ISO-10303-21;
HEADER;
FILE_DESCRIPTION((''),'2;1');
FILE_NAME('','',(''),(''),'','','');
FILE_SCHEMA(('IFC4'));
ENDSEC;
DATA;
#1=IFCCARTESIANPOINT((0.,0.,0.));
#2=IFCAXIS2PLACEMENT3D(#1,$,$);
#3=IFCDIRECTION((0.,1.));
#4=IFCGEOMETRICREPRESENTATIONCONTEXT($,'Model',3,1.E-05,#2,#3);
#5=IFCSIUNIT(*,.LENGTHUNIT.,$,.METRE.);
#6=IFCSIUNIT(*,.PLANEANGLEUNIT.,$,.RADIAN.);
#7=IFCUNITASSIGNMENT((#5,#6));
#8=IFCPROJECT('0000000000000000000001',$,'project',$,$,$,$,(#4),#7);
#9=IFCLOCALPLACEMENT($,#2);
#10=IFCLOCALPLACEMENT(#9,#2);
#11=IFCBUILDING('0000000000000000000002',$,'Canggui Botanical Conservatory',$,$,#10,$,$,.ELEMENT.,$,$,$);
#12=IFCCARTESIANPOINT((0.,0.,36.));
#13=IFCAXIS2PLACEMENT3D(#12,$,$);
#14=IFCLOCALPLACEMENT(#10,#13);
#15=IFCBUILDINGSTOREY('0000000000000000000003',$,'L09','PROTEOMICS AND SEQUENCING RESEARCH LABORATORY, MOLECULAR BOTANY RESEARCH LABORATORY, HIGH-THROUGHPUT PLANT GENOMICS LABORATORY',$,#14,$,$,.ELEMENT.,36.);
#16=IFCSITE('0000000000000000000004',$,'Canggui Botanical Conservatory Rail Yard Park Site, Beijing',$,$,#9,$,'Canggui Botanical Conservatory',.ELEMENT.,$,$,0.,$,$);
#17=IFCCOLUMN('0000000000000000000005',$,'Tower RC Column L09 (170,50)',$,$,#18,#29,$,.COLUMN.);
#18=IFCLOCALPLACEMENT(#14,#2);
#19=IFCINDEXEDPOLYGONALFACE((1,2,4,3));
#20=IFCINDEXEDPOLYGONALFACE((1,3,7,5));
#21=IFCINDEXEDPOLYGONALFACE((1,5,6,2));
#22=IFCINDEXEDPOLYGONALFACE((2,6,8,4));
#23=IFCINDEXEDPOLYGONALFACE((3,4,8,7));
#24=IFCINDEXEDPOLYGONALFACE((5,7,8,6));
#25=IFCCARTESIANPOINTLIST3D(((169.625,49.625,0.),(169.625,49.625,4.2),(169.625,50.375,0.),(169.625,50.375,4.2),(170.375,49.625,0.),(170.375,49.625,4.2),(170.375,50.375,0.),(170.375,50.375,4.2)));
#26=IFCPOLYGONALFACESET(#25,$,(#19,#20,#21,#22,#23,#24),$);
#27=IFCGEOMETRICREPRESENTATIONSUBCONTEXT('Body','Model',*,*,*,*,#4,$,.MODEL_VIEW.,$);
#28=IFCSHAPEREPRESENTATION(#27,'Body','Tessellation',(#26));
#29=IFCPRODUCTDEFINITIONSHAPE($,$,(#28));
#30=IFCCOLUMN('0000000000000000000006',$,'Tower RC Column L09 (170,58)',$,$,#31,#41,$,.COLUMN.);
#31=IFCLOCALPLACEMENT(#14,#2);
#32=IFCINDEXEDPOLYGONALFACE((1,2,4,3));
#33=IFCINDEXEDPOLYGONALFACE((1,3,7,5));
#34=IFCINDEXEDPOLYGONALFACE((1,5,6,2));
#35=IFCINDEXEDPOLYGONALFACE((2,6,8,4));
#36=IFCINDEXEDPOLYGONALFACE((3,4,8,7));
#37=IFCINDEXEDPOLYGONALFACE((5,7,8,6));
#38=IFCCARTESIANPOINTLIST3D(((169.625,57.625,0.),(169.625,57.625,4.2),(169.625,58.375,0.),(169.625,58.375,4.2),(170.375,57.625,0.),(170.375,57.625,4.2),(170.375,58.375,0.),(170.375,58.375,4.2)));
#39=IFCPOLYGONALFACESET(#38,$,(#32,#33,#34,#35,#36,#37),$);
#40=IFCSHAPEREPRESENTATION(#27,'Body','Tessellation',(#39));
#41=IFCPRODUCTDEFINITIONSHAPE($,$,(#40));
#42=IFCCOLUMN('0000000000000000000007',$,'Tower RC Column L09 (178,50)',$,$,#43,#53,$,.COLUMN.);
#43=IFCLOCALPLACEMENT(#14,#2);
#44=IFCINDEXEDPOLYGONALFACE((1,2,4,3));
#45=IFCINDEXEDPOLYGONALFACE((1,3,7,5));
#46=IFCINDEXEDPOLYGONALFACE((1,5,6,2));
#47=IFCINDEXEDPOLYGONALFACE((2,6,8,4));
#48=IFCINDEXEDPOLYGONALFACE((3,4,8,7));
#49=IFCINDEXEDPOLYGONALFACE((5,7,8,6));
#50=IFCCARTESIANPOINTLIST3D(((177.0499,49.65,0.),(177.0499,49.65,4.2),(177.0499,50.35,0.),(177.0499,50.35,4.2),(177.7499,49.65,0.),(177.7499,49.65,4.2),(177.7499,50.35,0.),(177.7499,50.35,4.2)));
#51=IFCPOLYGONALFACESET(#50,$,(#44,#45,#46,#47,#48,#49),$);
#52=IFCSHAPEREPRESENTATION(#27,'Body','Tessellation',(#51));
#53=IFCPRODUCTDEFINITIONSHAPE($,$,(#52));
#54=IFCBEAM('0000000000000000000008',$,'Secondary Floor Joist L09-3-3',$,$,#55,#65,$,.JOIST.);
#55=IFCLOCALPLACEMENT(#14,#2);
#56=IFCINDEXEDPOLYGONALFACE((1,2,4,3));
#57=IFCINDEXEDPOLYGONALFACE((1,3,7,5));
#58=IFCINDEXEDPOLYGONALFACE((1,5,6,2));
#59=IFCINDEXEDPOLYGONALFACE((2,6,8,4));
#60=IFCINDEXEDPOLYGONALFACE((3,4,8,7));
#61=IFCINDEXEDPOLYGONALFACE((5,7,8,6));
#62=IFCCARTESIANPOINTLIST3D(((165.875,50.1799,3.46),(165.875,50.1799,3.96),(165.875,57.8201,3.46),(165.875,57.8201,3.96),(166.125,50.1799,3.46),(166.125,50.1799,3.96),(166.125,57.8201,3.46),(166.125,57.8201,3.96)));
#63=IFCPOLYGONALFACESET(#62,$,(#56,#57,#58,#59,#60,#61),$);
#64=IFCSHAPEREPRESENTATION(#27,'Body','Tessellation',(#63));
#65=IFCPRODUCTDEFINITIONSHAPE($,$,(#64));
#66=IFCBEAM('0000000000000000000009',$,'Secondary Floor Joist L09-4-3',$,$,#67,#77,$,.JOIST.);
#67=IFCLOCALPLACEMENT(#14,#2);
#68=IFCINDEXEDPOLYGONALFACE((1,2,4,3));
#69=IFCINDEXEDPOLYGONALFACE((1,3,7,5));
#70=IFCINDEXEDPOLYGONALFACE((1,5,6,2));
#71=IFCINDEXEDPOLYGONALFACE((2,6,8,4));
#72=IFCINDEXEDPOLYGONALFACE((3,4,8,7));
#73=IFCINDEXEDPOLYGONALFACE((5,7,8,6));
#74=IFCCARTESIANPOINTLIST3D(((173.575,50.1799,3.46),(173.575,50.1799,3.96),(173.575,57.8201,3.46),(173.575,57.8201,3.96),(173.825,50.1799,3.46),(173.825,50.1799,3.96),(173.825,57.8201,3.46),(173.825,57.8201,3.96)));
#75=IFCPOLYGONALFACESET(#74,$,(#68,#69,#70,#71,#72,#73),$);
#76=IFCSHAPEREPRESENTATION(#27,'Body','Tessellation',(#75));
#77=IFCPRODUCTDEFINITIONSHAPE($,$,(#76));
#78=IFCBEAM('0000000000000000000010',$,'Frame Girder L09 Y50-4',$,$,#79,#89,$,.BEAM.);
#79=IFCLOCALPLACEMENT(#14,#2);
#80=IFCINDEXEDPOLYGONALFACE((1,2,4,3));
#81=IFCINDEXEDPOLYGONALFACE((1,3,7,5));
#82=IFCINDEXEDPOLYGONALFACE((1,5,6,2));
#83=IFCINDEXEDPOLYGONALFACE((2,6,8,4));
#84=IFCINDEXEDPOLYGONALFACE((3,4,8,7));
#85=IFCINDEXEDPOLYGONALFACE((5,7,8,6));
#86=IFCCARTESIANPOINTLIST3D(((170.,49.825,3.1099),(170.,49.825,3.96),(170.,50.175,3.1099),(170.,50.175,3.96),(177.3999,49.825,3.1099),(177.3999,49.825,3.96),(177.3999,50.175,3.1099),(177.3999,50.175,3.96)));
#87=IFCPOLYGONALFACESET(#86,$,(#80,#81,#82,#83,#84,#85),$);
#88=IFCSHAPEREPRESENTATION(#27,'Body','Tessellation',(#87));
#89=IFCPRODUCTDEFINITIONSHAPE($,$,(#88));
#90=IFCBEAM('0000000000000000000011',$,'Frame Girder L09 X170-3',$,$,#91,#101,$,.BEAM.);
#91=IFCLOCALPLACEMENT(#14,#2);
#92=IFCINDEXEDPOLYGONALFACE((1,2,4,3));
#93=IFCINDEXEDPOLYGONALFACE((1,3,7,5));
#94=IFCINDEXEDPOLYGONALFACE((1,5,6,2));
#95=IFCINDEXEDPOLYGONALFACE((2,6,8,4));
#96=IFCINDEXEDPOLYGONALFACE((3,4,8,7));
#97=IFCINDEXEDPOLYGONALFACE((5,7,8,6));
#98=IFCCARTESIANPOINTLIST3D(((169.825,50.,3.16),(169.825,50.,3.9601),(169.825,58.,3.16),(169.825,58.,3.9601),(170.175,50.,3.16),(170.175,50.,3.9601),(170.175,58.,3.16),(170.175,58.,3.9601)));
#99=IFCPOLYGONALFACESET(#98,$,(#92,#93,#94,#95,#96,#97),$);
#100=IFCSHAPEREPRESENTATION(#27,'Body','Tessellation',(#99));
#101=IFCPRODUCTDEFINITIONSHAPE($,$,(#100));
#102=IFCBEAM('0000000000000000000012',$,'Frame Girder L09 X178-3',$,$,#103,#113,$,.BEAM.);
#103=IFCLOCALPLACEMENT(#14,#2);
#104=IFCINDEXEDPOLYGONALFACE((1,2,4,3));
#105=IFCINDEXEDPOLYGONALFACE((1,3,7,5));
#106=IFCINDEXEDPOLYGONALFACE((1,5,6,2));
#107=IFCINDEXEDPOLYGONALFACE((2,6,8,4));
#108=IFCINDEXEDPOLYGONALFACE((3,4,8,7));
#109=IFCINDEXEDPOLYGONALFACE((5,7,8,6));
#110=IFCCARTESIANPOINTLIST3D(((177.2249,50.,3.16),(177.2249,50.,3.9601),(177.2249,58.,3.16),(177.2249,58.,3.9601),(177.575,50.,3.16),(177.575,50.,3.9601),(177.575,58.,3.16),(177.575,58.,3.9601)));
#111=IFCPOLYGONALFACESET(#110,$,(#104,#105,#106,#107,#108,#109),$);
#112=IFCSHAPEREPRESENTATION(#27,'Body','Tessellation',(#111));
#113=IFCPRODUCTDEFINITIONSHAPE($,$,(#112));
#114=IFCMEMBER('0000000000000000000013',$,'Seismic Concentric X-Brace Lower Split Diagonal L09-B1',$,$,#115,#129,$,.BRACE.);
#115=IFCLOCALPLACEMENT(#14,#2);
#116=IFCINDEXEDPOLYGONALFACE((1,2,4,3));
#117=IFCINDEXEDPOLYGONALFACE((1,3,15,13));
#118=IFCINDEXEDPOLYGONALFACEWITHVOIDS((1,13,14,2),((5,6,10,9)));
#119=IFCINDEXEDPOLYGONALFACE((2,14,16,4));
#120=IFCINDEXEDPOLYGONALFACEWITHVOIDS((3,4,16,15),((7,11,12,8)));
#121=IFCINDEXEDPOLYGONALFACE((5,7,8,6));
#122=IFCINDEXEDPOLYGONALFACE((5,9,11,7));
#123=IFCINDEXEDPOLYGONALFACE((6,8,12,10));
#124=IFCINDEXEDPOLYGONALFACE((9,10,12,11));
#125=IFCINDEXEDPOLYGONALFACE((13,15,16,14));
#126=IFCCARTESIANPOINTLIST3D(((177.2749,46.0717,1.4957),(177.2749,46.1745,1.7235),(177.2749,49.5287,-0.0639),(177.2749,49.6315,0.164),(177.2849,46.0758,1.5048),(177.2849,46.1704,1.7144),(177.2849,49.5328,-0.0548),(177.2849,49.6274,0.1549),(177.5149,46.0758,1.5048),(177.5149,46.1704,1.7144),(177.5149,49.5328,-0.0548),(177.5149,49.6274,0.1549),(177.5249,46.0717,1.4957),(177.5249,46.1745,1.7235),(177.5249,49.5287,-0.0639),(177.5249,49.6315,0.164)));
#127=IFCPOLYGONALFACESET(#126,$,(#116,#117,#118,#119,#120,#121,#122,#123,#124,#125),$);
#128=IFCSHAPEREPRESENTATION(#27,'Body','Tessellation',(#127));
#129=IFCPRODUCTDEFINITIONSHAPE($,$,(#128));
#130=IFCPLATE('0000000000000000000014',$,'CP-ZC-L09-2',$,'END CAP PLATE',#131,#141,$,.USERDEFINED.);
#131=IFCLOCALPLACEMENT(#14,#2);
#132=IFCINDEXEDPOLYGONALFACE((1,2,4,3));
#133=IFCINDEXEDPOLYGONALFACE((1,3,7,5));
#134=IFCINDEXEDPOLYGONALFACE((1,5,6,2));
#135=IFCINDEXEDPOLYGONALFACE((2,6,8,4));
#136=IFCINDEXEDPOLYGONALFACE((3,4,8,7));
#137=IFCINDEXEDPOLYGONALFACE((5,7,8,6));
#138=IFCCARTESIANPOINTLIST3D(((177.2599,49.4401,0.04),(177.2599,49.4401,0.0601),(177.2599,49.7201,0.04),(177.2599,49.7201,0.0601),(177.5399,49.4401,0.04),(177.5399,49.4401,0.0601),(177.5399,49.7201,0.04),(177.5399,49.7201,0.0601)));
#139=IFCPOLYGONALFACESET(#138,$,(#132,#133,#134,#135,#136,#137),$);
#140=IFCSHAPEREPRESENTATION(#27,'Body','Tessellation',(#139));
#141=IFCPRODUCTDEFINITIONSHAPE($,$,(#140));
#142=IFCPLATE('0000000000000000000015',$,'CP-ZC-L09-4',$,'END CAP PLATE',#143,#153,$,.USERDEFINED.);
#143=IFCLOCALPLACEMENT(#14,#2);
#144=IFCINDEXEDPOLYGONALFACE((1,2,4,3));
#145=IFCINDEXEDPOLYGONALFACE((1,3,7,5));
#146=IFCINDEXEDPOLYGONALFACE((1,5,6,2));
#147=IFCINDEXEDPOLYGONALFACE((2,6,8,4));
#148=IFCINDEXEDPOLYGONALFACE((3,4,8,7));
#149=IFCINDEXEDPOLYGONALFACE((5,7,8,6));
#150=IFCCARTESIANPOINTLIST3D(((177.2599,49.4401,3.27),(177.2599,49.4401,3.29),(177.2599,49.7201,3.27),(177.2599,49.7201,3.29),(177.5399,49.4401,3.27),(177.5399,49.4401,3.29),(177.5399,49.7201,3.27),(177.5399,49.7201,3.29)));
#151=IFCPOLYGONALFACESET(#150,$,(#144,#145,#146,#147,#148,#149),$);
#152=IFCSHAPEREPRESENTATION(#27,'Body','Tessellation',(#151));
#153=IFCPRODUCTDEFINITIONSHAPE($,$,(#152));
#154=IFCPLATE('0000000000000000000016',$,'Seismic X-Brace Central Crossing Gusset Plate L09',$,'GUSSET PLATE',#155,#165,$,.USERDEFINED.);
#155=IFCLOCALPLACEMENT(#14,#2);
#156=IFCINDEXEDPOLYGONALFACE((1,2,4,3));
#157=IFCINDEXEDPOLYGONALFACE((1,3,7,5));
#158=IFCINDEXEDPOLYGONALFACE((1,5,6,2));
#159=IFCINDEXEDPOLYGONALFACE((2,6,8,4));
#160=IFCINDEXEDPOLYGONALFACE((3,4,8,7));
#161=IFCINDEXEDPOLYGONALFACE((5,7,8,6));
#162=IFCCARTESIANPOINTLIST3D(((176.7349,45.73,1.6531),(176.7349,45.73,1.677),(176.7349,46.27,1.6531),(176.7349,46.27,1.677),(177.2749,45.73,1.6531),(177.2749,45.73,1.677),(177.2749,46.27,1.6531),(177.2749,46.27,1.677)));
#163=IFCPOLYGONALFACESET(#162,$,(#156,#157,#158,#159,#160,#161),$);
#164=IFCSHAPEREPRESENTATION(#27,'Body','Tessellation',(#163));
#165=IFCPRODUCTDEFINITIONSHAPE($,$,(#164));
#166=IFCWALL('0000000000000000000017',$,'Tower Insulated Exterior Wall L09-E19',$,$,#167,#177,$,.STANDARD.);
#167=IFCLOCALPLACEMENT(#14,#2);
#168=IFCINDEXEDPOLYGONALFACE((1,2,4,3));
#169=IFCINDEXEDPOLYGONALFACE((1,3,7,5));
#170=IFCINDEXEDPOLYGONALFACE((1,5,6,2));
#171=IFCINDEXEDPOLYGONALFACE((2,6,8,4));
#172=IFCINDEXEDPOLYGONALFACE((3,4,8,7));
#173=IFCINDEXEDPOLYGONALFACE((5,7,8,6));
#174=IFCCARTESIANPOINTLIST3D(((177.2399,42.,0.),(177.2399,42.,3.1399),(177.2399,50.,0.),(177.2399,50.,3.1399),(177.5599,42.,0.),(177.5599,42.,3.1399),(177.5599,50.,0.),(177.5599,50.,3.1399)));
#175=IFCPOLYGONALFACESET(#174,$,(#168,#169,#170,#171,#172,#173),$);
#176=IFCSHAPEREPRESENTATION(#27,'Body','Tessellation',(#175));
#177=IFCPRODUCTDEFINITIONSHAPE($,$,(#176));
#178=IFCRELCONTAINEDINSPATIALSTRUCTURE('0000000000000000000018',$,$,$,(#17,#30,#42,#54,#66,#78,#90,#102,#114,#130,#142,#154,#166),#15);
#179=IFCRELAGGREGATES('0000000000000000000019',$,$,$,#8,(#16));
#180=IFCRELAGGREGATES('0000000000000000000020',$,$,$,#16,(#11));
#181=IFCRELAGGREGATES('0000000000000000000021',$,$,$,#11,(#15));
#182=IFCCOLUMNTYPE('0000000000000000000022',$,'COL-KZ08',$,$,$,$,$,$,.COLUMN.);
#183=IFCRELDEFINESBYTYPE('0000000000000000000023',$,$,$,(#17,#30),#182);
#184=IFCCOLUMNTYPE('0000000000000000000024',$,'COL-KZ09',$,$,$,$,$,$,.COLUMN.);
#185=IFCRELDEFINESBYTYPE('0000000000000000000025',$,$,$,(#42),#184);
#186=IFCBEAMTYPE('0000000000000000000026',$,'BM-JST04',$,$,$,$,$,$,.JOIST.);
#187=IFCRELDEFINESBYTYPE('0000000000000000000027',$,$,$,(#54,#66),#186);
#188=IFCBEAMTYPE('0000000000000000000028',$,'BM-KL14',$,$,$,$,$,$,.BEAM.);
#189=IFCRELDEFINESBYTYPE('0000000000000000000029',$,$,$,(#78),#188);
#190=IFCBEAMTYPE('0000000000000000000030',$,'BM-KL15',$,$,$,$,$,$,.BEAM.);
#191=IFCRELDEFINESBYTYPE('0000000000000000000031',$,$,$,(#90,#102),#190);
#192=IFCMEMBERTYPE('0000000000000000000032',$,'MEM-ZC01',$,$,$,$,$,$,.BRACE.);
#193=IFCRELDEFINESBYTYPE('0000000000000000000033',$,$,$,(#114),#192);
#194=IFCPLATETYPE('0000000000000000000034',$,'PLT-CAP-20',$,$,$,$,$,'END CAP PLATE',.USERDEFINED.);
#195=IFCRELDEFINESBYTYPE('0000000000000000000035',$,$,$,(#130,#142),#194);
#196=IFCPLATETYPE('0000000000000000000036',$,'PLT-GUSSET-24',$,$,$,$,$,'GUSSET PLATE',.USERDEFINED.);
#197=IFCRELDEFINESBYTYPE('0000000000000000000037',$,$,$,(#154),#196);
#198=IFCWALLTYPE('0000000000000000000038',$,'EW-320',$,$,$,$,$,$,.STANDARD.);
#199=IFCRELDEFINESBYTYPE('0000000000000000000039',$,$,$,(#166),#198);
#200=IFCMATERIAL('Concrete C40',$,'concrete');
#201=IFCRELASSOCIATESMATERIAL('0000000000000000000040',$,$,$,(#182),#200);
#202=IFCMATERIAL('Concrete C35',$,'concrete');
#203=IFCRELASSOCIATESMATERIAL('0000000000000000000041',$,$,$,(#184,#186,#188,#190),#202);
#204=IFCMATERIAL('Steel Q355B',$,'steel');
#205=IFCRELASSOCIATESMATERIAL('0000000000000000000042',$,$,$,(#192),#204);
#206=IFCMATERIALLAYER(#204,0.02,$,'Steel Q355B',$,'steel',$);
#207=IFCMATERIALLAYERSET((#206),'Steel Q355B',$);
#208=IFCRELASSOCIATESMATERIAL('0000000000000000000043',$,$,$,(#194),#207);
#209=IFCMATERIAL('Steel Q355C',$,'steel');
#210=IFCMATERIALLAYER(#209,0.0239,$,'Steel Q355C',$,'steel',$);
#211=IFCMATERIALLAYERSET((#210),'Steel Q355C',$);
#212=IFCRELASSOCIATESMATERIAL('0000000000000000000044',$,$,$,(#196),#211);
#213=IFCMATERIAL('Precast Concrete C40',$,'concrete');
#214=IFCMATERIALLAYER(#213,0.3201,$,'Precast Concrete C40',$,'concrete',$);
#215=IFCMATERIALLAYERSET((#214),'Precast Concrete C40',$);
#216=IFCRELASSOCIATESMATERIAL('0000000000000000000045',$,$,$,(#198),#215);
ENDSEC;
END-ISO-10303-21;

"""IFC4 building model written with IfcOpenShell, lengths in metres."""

from ifc_helpers import new_model, si_unit, direction, frame, frame_2d, origin, origin_2d, place, context, subcontext, project, spatial, rectangle, hollow_rectangle, extrude, material, layer, layer_set, material_profile, profile_set, type_object, element, save


model = new_model("IFC4")

# Units and contexts
model_context = context("Model", 3, precision=1e-05, world=origin(), true_north=direction((0.0, 1.0)))
body_context = subcontext(model_context, "Body", "Model", "MODEL_VIEW")
ifc_project = project(units=[si_unit("LENGTHUNIT", "METRE"), si_unit("PLANEANGLEUNIT", "RADIAN")], contexts=[model_context])

# Site, building, storey
site_placement = place(None, origin())
site = spatial("IfcSite", under=ifc_project, at=site_placement, Name="Canggui Botanical Conservatory Rail Yard Park Site, Beijing", LongName="Canggui Botanical Conservatory", CompositionType="ELEMENT", RefElevation=0.0)
building_placement = place(site_placement, origin())
building = spatial("IfcBuilding", under=site, at=building_placement, Name="Canggui Botanical Conservatory", CompositionType="ELEMENT")
storey_placement = place(building_placement, frame((0.0, 0.0, 36.0)))
storey = spatial("IfcBuildingStorey", under=building, at=storey_placement, Name="L09", Description="PROTEOMICS AND SEQUENCING RESEARCH LABORATORY, MOLECULAR BOTANY RESEARCH LABORATORY, HIGH-THROUGHPUT PLANT GENOMICS LABORATORY", CompositionType="ELEMENT", Elevation=36.0)

# Columns
ifc_material_1 = material(Name="Concrete C40", Category="concrete")
ifc_material_profile_1 = material_profile(ifc_material_1, rectangle(XDim=0.75, YDim=0.75, at=origin_2d()), Name="RC 750x750")
ifc_profile_set_1 = profile_set([ifc_material_profile_1], Name="Concrete C40")
column_type_1 = type_object("IfcColumnType", Name="COL-KZ08", PredefinedType="COLUMN", material=ifc_profile_set_1)
for number, where, z_axis, x_axis, name in (
    (1, (170.0, 50.0, 0.0), (0.0, 0.0, 1.0), (1.0, 0.0, 0.0), "Tower RC Column L09 (170,50)"),
    (2, (170.0, 58.0, 0.0), (0.0, 0.0, 1.0), (1.0, 0.0, 0.0), "Tower RC Column L09 (170,58)"),
):
    element("IfcColumn", number, at=place(storey_placement, frame(where, z_axis=z_axis, x_axis=x_axis)), inside=storey, type_object=column_type_1, Name=name, PredefinedType="COLUMN", context=body_context, shape_type="SweptSolid", body=[
        extrude(rectangle(XDim=0.75, YDim=0.75, at=origin_2d()), origin(), (0.0, 0.0, 1.0), 4.2),
    ])
ifc_material_2 = material(Name="Concrete C35", Category="concrete")
ifc_material_profile_2 = material_profile(ifc_material_2, rectangle(XDim=0.7, YDim=0.7, at=origin_2d()), Name="RC 700x700")
ifc_profile_set_2 = profile_set([ifc_material_profile_2], Name="Concrete C35")
column_type_2 = type_object("IfcColumnType", Name="COL-KZ09", PredefinedType="COLUMN", material=ifc_profile_set_2)
column_placement = place(storey_placement, frame((177.3999, 50.0, 0.0), z_axis=(0.0, 0.0, 1.0), x_axis=(1.0, 0.0, 0.0)))
element("IfcColumn", 3, at=column_placement, inside=storey, type_object=column_type_2, Name="Tower RC Column L09 (178,50)", PredefinedType="COLUMN", context=body_context, shape_type="SweptSolid", body=[
    extrude(rectangle(XDim=0.7, YDim=0.7, at=origin_2d()), origin(), (0.0, 0.0, 1.0), 4.2),
])

# Beams
ifc_material_profile_3 = material_profile(ifc_material_2, rectangle(XDim=0.25, YDim=0.5, at=origin_2d()), Name="RB 250x500")
ifc_profile_set_3 = profile_set([ifc_material_profile_3], Name="Concrete C35")
beam_type_1 = type_object("IfcBeamType", Name="BM-JST04", PredefinedType="JOIST", material=ifc_profile_set_3)
for number, where, z_axis, x_axis, name in (
    (4, (166.0, 50.1799, 3.71), (0.0, 1.0, 0.0), (-1.0, 0.0, 0.0), "Secondary Floor Joist L09-3-3"),
    (5, (173.7, 50.1799, 3.71), (0.0, 1.0, 0.0), (-1.0, 0.0, 0.0), "Secondary Floor Joist L09-4-3"),
):
    element("IfcBeam", number, at=place(storey_placement, frame(where, z_axis=z_axis, x_axis=x_axis)), inside=storey, type_object=beam_type_1, Name=name, PredefinedType="JOIST", context=body_context, shape_type="SweptSolid", body=[
        extrude(rectangle(XDim=0.25, YDim=0.5, at=origin_2d()), origin(), (0.0, 0.0, 1.0), 7.6401),
    ])
ifc_material_profile_4 = material_profile(ifc_material_2, rectangle(XDim=0.3501, YDim=0.8501, at=origin_2d()), Name="RB 350x850")
ifc_profile_set_4 = profile_set([ifc_material_profile_4], Name="Concrete C35")
beam_type_2 = type_object("IfcBeamType", Name="BM-KL14", PredefinedType="BEAM", material=ifc_profile_set_4)
beam_placement = place(storey_placement, frame((170.0, 50.0, 3.5349), z_axis=(1.0, 0.0, 0.0), x_axis=(0.0, 1.0, 0.0)))
element("IfcBeam", 6, at=beam_placement, inside=storey, type_object=beam_type_2, Name="Frame Girder L09 Y50-4", PredefinedType="BEAM", context=body_context, shape_type="SweptSolid", body=[
    extrude(rectangle(XDim=0.3501, YDim=0.8501, at=origin_2d()), origin(), (0.0, 0.0, 1.0), 7.3999),
])
ifc_material_profile_5 = material_profile(ifc_material_2, rectangle(XDim=0.3501, YDim=0.8, at=origin_2d()), Name="RB 350x800")
ifc_profile_set_5 = profile_set([ifc_material_profile_5], Name="Concrete C35")
beam_type_3 = type_object("IfcBeamType", Name="BM-KL15", PredefinedType="BEAM", material=ifc_profile_set_5)
for number, where, z_axis, x_axis, name in (
    (7, (170.0, 50.0, 3.5601), (0.0, 1.0, 0.0), (-1.0, 0.0, 0.0), "Frame Girder L09 X170-3"),
    (8, (177.3999, 50.0, 3.5601), (0.0, 1.0, 0.0), (-1.0, 0.0, 0.0), "Frame Girder L09 X178-3"),
):
    element("IfcBeam", number, at=place(storey_placement, frame(where, z_axis=z_axis, x_axis=x_axis)), inside=storey, type_object=beam_type_3, Name=name, PredefinedType="BEAM", context=body_context, shape_type="SweptSolid", body=[
        extrude(rectangle(XDim=0.3501, YDim=0.8, at=origin_2d()), origin(), (0.0, 0.0, 1.0), 8.0),
    ])

# Member
ifc_material_3 = material(Name="Steel Q355B", Category="steel")
ifc_material_profile_6 = material_profile(ifc_material_3, hollow_rectangle(XDim=0.25, YDim=0.25, WallThickness=0.01, at=origin_2d()), Name="SHS 250x250x10")
ifc_profile_set_6 = profile_set([ifc_material_profile_6], Name="Steel Q355B")
member_type = type_object("IfcMemberType", Name="MEM-ZC01", PredefinedType="BRACE", material=ifc_profile_set_6)
member_placement = place(storey_placement, frame((177.3999, 49.5801, 0.05), z_axis=(0.0, -0.911536, 0.411221), x_axis=(1.0, 0.0, 0.0)))
element("IfcMember", 9, at=member_placement, inside=storey, type_object=member_type, Name="Seismic Concentric X-Brace Lower Split Diagonal L09-B1", PredefinedType="BRACE", context=body_context, shape_type="SweptSolid", body=[
    extrude(hollow_rectangle(XDim=0.25, YDim=0.25, WallThickness=0.01, at=origin_2d()), origin(), (0.0, 0.0, 1.0), 3.7925),
])

# Plates
ifc_layer_1 = layer(ifc_material_3, 0.02, Name="Steel Q355B", Category="steel")
ifc_layer_set_1 = layer_set([ifc_layer_1], Name="Steel Q355B")
plate_type_1 = type_object("IfcPlateType", Name="PLT-CAP-20", ElementType="END CAP PLATE", PredefinedType="USERDEFINED", material=ifc_layer_set_1)
for number, where, z_axis, x_axis, name in (
    (10, (177.3999, 49.5801, 0.04), (0.0, 0.0, 1.0), (1.0, 0.0, 0.0), "CP-ZC-L09-2"),
    (11, (177.3999, 49.5801, 3.27), (0.0, 0.0, 1.0), (1.0, 0.0, 0.0), "CP-ZC-L09-4"),
):
    element("IfcPlate", number, at=place(storey_placement, frame(where, z_axis=z_axis, x_axis=x_axis)), inside=storey, type_object=plate_type_1, Name=name, ObjectType="END CAP PLATE", PredefinedType="USERDEFINED", context=body_context, shape_type="SweptSolid", body=[
        extrude(rectangle(XDim=0.28, YDim=0.28, at=origin_2d()), origin(), (0.0, 0.0, 1.0), 0.02),
    ])
ifc_material_4 = material(Name="Steel Q355C", Category="steel")
ifc_layer_2 = layer(ifc_material_4, 0.0239, Name="Steel Q355C", Category="steel")
ifc_layer_set_2 = layer_set([ifc_layer_2], Name="Steel Q355C")
plate_type_2 = type_object("IfcPlateType", Name="PLT-GUSSET-24", ElementType="GUSSET PLATE", PredefinedType="USERDEFINED", material=ifc_layer_set_2)
plate_placement = place(storey_placement, frame((177.0049, 46.0, 1.6531), z_axis=(0.0, 0.0, 1.0), x_axis=(1.0, 0.0, 0.0)))
element("IfcPlate", 12, at=plate_placement, inside=storey, type_object=plate_type_2, Name="Seismic X-Brace Central Crossing Gusset Plate L09", ObjectType="GUSSET PLATE", PredefinedType="USERDEFINED", context=body_context, shape_type="SweptSolid", body=[
    extrude(rectangle(XDim=0.54, YDim=0.54, at=origin_2d()), origin(), (0.0, 0.0, 1.0), 0.0239),
])

# Wall
ifc_material_5 = material(Name="Precast Concrete C40", Category="concrete")
ifc_layer_3 = layer(ifc_material_5, 0.3201, Name="Precast Concrete C40", Category="concrete")
ifc_layer_set_3 = layer_set([ifc_layer_3], Name="Precast Concrete C40")
wall_type_1 = type_object("IfcWallType", Name="EW-320", PredefinedType="STANDARD", material=ifc_layer_set_3)
wall_1_placement = place(storey_placement, frame((177.3999, 50.0, 0.0), z_axis=(0.0, 0.0, 1.0), x_axis=(0.0, -1.0, 0.0)))
element("IfcWall", 13, at=wall_1_placement, inside=storey, type_object=wall_type_1, Name="Tower Insulated Exterior Wall L09-E19", PredefinedType="STANDARD", context=body_context, shape_type="SweptSolid", body=[
    extrude(rectangle(XDim=8.0, YDim=0.3201, at=frame_2d((4.0, 0.0))), origin(), (0.0, 0.0, 1.0), 3.1399),
])

save(model, "model.ifc")
